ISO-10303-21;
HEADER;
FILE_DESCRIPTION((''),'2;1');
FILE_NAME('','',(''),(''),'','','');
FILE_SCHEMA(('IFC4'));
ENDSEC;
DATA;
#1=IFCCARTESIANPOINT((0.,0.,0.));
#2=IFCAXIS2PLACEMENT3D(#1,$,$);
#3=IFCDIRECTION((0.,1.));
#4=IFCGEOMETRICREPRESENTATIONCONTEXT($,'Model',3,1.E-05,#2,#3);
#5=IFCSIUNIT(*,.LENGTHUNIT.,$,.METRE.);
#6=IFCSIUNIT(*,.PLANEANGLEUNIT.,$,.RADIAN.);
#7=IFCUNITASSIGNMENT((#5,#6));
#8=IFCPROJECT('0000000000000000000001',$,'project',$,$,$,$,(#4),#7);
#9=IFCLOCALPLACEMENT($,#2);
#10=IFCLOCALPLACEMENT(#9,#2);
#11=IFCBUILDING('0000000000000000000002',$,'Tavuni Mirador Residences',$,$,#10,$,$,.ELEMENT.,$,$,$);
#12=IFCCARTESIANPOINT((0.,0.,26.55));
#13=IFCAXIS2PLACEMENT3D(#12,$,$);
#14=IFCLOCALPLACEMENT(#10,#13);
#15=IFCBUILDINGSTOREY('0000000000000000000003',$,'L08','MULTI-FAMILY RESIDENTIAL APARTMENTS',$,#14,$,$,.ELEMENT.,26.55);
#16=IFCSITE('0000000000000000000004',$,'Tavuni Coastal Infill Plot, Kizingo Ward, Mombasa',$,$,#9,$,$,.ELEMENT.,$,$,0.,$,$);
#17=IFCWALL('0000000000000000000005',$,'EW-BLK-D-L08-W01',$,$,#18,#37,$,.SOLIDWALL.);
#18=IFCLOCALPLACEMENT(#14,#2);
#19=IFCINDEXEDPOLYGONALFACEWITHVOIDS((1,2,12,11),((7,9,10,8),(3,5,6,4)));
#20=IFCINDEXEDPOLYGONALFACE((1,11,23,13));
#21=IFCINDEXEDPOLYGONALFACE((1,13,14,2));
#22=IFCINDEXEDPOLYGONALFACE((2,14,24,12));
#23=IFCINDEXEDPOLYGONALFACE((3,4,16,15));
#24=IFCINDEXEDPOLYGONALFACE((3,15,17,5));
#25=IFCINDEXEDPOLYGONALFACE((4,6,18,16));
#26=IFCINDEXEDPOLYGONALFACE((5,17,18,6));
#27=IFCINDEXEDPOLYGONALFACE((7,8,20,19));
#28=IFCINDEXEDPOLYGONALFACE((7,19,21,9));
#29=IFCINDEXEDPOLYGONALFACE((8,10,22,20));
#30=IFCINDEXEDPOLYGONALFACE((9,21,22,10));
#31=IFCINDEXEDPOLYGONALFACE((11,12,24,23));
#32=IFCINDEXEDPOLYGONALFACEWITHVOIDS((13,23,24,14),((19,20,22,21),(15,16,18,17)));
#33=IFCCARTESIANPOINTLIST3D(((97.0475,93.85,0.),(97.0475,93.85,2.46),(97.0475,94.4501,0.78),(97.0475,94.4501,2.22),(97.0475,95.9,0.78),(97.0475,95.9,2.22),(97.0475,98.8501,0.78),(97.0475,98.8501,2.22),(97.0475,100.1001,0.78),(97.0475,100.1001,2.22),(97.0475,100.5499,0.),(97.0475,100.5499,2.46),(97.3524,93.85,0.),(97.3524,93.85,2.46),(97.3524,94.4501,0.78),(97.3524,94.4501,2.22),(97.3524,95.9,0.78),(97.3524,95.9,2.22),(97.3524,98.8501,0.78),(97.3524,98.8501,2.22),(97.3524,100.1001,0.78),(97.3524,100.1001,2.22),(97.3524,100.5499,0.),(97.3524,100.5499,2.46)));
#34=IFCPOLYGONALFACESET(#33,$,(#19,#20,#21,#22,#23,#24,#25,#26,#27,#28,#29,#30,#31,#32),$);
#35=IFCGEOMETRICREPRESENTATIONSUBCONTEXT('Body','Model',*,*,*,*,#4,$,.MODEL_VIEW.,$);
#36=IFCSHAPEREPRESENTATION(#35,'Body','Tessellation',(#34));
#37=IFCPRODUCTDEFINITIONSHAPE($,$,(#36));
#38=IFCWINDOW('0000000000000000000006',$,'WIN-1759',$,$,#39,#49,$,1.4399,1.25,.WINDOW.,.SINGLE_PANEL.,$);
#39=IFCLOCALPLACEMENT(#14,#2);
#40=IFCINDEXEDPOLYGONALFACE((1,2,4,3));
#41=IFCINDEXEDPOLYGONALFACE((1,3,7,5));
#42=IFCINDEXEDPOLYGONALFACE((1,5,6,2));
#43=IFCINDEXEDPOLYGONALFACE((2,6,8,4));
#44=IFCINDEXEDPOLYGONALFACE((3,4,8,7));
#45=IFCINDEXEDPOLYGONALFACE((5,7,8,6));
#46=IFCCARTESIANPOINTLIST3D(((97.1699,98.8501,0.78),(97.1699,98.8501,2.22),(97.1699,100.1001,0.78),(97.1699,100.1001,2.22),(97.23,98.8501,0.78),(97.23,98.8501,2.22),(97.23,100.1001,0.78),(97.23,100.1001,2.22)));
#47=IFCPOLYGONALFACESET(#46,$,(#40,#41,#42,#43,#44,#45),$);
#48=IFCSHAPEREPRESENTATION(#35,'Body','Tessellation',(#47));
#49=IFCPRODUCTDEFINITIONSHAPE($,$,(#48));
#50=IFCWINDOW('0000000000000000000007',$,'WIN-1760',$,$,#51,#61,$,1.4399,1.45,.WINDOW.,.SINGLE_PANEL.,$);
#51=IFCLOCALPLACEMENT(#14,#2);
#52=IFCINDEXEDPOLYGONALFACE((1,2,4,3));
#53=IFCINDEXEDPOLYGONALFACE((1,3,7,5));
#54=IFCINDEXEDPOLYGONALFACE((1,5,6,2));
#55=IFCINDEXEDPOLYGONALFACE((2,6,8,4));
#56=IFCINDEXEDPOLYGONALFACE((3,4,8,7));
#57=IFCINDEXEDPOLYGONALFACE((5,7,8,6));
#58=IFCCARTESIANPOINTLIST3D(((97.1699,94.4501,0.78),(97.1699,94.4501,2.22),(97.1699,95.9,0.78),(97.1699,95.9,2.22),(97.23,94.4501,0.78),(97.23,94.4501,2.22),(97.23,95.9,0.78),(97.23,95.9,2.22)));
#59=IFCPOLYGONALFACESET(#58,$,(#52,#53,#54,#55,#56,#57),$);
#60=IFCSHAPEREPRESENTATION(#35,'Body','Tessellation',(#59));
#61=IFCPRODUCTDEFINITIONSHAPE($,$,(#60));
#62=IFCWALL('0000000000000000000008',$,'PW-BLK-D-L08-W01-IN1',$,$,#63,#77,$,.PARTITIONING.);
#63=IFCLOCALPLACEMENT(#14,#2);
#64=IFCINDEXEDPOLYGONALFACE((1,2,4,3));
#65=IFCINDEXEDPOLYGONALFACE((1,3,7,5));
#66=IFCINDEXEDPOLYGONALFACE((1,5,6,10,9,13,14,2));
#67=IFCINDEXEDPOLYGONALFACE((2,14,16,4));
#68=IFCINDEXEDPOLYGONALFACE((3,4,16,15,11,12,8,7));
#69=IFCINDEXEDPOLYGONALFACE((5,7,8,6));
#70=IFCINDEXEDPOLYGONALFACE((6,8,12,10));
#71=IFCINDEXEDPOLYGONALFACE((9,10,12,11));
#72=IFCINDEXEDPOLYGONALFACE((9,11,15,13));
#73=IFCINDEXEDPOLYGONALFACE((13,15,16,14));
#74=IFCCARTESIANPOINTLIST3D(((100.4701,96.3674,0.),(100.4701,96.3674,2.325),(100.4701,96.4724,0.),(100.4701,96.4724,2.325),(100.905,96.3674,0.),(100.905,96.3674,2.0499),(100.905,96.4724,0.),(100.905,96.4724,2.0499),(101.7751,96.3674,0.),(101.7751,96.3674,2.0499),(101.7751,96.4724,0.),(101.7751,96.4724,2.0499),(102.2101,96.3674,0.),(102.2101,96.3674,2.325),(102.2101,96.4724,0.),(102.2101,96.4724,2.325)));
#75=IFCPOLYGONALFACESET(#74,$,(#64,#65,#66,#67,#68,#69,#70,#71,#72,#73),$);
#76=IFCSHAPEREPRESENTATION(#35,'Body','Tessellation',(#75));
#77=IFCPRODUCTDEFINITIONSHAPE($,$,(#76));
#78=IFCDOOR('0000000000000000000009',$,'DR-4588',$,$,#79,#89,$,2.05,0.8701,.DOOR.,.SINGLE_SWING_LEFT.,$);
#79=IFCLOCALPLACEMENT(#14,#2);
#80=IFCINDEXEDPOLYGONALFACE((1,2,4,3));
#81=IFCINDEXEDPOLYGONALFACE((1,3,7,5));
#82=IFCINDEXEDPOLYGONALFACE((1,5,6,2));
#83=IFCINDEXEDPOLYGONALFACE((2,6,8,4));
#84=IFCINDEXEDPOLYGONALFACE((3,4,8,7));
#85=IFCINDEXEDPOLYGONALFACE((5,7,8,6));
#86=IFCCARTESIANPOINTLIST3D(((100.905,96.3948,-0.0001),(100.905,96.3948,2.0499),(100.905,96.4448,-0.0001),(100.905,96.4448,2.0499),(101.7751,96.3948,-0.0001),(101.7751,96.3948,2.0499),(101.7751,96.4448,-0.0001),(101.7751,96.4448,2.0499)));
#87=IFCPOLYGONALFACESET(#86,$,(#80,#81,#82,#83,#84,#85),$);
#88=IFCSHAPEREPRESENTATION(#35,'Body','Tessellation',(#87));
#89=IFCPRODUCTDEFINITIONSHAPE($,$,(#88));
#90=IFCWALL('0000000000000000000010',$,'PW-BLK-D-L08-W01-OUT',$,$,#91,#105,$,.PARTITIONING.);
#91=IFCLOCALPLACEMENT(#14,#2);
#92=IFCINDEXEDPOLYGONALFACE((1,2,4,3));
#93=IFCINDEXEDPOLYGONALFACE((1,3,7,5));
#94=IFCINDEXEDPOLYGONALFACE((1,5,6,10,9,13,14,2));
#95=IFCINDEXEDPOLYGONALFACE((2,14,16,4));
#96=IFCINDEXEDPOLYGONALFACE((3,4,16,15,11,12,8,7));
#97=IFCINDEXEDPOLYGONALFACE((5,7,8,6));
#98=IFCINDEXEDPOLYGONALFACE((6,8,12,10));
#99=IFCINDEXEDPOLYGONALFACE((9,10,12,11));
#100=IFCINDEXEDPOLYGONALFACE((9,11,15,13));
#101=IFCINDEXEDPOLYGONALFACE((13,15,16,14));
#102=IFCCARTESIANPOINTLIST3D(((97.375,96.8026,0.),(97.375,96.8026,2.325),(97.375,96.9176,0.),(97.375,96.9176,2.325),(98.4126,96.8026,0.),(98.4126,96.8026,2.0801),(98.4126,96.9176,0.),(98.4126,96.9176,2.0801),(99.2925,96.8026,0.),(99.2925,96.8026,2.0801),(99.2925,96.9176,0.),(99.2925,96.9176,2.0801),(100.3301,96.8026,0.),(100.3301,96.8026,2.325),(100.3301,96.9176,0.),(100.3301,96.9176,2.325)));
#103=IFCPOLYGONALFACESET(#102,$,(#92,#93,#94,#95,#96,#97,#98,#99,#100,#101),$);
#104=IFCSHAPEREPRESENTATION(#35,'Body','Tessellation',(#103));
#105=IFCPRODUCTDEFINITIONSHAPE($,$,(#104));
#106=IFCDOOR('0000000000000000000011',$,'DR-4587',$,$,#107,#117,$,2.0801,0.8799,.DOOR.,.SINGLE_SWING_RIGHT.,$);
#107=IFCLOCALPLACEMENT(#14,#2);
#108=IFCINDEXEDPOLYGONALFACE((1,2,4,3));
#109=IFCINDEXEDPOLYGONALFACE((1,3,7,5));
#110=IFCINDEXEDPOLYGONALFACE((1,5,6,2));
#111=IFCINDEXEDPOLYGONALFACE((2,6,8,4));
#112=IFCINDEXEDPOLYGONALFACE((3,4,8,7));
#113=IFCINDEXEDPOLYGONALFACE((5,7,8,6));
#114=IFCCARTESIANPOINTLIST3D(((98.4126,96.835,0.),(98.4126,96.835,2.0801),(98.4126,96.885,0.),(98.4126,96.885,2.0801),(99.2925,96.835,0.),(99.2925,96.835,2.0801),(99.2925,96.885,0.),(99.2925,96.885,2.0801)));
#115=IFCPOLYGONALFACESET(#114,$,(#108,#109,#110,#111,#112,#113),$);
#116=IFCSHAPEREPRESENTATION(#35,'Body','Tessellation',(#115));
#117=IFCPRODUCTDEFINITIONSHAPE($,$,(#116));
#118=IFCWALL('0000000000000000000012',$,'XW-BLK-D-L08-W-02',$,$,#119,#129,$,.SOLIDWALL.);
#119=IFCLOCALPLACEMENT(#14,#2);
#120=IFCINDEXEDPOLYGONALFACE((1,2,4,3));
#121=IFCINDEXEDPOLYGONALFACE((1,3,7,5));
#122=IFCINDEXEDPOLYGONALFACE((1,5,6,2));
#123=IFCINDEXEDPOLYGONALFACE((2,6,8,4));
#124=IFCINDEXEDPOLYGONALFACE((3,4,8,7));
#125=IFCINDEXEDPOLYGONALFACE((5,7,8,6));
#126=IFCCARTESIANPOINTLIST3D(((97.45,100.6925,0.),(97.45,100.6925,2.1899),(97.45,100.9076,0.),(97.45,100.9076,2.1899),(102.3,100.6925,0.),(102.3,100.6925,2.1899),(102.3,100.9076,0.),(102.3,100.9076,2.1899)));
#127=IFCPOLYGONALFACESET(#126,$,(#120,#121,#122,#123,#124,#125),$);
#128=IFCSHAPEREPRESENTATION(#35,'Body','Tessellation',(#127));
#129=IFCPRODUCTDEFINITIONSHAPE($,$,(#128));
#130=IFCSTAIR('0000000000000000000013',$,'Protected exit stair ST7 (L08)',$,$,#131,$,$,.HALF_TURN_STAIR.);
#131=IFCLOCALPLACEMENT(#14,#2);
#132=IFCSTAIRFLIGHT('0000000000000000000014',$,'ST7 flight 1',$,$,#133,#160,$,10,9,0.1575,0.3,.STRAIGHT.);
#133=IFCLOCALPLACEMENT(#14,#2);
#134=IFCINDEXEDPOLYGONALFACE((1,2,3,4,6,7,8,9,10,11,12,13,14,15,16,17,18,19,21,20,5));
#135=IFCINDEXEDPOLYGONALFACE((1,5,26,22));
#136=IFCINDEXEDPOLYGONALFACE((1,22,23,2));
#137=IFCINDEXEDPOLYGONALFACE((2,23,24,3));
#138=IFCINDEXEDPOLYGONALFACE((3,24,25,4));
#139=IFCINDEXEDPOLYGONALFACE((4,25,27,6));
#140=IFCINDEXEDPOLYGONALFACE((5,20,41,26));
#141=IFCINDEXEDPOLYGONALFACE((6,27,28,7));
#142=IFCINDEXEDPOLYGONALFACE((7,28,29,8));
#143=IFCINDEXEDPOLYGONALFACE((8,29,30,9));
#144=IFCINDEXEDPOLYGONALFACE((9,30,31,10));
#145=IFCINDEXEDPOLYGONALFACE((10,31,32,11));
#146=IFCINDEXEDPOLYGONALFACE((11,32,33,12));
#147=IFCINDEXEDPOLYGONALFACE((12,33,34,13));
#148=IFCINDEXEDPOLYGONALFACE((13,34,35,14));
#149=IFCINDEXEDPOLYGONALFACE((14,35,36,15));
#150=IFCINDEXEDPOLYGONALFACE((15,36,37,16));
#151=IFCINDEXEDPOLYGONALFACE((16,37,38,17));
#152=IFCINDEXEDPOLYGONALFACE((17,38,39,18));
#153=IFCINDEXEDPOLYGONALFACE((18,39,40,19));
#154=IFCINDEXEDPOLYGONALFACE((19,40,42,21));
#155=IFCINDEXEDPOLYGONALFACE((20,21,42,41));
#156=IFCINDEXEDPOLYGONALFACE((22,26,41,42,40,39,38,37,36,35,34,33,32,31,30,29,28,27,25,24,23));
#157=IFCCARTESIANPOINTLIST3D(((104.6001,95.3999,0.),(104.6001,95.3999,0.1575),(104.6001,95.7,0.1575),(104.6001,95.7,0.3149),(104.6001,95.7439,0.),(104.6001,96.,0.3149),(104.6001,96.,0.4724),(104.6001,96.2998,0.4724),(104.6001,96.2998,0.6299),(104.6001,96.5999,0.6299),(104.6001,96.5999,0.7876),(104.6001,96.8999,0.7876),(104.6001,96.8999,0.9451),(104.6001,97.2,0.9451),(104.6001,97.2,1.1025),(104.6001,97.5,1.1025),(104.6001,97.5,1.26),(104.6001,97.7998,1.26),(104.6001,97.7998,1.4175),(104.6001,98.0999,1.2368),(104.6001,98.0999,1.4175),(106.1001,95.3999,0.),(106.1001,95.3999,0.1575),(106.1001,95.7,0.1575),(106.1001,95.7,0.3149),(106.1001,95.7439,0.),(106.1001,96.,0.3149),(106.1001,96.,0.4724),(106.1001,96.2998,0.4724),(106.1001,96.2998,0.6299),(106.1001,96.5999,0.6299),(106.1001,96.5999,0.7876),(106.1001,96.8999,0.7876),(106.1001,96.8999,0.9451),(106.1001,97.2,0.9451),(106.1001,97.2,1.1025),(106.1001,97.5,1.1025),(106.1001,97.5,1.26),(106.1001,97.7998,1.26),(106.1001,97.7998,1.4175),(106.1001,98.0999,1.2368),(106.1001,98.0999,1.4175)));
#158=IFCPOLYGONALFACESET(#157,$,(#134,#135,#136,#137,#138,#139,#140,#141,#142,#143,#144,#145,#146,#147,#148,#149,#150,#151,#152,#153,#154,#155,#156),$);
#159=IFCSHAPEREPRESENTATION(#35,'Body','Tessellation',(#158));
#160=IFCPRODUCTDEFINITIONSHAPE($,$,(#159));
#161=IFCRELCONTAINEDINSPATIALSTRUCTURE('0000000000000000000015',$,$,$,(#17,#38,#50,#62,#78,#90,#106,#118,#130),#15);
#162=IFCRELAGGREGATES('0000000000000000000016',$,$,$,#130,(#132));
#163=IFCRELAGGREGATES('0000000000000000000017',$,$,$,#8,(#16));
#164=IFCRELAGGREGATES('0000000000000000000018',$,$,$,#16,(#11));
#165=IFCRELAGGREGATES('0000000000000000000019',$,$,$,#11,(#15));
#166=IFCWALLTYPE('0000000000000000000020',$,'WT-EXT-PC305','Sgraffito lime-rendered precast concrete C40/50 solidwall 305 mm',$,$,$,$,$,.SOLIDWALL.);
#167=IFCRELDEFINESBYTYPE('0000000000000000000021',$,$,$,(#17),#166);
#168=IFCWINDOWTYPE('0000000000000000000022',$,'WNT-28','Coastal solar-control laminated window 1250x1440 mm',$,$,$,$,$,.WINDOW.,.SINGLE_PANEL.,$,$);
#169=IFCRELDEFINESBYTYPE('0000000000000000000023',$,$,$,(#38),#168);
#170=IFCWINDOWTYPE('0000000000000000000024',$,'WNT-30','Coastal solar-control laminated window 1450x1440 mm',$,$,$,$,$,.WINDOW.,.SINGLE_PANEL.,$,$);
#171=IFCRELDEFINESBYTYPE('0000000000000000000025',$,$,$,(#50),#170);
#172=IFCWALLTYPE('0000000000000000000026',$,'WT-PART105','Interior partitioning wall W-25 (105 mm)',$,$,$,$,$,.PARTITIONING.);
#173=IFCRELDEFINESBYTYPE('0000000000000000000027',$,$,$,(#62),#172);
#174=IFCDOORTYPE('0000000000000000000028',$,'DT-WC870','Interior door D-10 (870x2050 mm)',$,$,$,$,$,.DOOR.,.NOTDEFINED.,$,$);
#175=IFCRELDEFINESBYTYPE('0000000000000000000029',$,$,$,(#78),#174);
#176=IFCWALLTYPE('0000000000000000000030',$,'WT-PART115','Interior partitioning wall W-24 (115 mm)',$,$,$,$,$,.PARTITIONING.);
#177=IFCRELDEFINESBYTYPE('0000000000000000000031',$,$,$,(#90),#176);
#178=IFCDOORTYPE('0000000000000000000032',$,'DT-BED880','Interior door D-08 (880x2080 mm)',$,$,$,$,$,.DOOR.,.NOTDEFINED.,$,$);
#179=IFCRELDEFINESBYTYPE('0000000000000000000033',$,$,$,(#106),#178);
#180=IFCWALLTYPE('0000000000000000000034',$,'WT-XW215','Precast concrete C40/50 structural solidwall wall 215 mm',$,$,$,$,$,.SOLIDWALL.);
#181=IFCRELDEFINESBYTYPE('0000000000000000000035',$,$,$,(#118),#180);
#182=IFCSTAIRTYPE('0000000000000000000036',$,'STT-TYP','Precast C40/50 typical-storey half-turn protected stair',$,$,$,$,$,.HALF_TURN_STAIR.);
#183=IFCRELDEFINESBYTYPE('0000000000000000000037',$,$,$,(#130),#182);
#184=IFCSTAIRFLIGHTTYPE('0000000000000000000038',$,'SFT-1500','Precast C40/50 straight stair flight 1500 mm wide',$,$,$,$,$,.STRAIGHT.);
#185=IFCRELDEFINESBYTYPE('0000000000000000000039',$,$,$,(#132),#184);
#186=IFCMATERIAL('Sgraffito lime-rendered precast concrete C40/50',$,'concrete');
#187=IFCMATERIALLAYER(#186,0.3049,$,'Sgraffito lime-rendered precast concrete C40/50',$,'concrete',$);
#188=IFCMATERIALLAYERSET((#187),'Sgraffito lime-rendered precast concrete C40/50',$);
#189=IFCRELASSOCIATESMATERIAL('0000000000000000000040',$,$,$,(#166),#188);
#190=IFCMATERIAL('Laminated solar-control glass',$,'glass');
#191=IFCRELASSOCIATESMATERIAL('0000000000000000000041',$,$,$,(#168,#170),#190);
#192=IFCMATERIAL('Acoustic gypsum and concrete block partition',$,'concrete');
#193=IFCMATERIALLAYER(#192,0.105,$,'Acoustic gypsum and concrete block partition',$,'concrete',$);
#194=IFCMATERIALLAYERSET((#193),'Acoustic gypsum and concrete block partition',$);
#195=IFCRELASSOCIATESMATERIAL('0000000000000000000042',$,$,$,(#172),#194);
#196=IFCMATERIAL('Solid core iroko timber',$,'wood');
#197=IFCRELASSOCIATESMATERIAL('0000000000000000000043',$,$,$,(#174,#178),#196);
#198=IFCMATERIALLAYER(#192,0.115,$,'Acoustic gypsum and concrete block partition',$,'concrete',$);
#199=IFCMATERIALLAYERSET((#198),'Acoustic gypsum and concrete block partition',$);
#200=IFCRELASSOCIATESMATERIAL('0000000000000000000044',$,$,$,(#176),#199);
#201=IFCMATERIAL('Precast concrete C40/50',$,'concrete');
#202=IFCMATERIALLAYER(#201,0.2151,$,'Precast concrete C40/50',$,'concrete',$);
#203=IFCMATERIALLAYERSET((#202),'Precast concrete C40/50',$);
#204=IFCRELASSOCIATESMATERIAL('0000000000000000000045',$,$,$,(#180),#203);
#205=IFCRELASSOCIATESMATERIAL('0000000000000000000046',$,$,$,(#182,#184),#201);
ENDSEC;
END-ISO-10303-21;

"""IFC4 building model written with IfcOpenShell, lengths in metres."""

from ifc_helpers import new_model, si_unit, direction, frame, frame_2d, origin, place, context, subcontext, project, spatial, polyline, rectangle, outline, extrude, material, layer, layer_set, type_object, element, fill, aggregate, save


model = new_model("IFC4")

# Units and contexts
model_context = context("Model", 3, precision=1e-05, world=origin(), true_north=direction((0.0, 1.0)))
body_context = subcontext(model_context, "Body", "Model", "MODEL_VIEW")
ifc_project = project(units=[si_unit("LENGTHUNIT", "METRE"), si_unit("PLANEANGLEUNIT", "RADIAN")], contexts=[model_context])

# Site, building, storey
site_placement = place(None, origin())
site = spatial("IfcSite", under=ifc_project, at=site_placement, Name="Tavuni Coastal Infill Plot, Kizingo Ward, Mombasa", CompositionType="ELEMENT", RefElevation=0.0)
building_placement = place(site_placement, origin())
building = spatial("IfcBuilding", under=site, at=building_placement, Name="Tavuni Mirador Residences", CompositionType="ELEMENT")
storey_placement = place(building_placement, frame((0.0, 0.0, 26.55)))
storey = spatial("IfcBuildingStorey", under=building, at=storey_placement, Name="L08", Description="MULTI-FAMILY RESIDENTIAL APARTMENTS", CompositionType="ELEMENT", Elevation=26.55)

# Shared definitions
ifc_material_1 = material(Name="Precast concrete C40/50", Category="concrete")

# Shared definitions
ifc_material_2 = material(Name="Solid core iroko timber", Category="wood")

# Wall, openings, windows
ifc_material_3 = material(Name="Sgraffito lime-rendered precast concrete C40/50", Category="concrete")
ifc_layer_1 = layer(ifc_material_3, 0.3049, Name="Sgraffito lime-rendered precast concrete C40/50", Category="concrete")
ifc_layer_set_1 = layer_set([ifc_layer_1], Name="Sgraffito lime-rendered precast concrete C40/50")
wall_type_1 = type_object("IfcWallType", Name="WT-EXT-PC305", Description="Sgraffito lime-rendered precast concrete C40/50 solidwall 305 mm", PredefinedType="SOLIDWALL", material=ifc_layer_set_1)
wall_1_placement = place(storey_placement, frame((97.2, 100.55, 0.0), z_axis=(0.0, 0.0, 1.0), x_axis=(0.0, -1.0, 0.0)))
wall_1 = element("IfcWall", 1, at=wall_1_placement, inside=storey, type_object=wall_type_1, Name="EW-BLK-D-L08-W01", PredefinedType="SOLIDWALL", context=body_context, shape_type="SweptSolid", body=[
    extrude(rectangle(XDim=6.7, YDim=0.3049, at=frame_2d((3.3501, 0.0))), origin(), (0.0, 0.0, 1.0), 2.46),
])
opening_1_placement = place(wall_1_placement, frame((0.45, 0.0, 0.78)))
opening_1 = element("IfcOpeningElement", 2, at=opening_1_placement, cuts=wall_1, PredefinedType="OPENING", context=body_context, shape_type="SweptSolid", body=[
    extrude(rectangle(XDim=1.25, YDim=1.4399, at=frame_2d((0.625, 0.72))), frame((0.0, 0.1626, 0.0), z_axis=(0.0, -1.0, 0.0), x_axis=(1.0, 0.0, 0.0)), (0.0, 0.0, 1.0), 0.325),
])
opening_2_placement = place(wall_1_placement, frame((4.6499, 0.0, 0.78)))
opening_2 = element("IfcOpeningElement", 3, at=opening_2_placement, cuts=wall_1, PredefinedType="OPENING", context=body_context, shape_type="SweptSolid", body=[
    extrude(rectangle(XDim=1.45, YDim=1.4399, at=frame_2d((0.7251, 0.72))), frame((0.0, 0.1626, 0.0), z_axis=(0.0, -1.0, 0.0), x_axis=(1.0, 0.0, 0.0)), (0.0, 0.0, 1.0), 0.325),
])
ifc_material_4 = material(Name="Laminated solar-control glass", Category="glass")
window_type_1 = type_object("IfcWindowType", Name="WNT-28", Description="Coastal solar-control laminated window 1250x1440 mm", PartitioningType="SINGLE_PANEL", PredefinedType="WINDOW", material=ifc_material_4)
window_1_placement = place(opening_1_placement, origin())
window_1 = element("IfcWindow", 4, at=window_1_placement, inside=storey, type_object=window_type_1, Name="WIN-1759", OverallHeight=1.4399, OverallWidth=1.25, PartitioningType="SINGLE_PANEL", PredefinedType="WINDOW", context=body_context, shape_type="SweptSolid", body=[
    extrude(rectangle(XDim=1.25, YDim=1.4399, at=frame_2d((0.625, 0.72))), frame((0.0, 0.03, 0.0), z_axis=(0.0, -1.0, 0.0), x_axis=(1.0, 0.0, 0.0)), (0.0, 0.0, 1.0), 0.0601),
])
fill(opening_1, window_1)
window_type_2 = type_object("IfcWindowType", Name="WNT-30", Description="Coastal solar-control laminated window 1450x1440 mm", PartitioningType="SINGLE_PANEL", PredefinedType="WINDOW", material=ifc_material_4)
window_2_placement = place(opening_2_placement, origin())
window_2 = element("IfcWindow", 5, at=window_2_placement, inside=storey, type_object=window_type_2, Name="WIN-1760", OverallHeight=1.4399, OverallWidth=1.45, PartitioningType="SINGLE_PANEL", PredefinedType="WINDOW", context=body_context, shape_type="SweptSolid", body=[
    extrude(rectangle(XDim=1.45, YDim=1.4399, at=frame_2d((0.7251, 0.72))), frame((0.0, 0.03, 0.0), z_axis=(0.0, -1.0, 0.0), x_axis=(1.0, 0.0, 0.0)), (0.0, 0.0, 1.0), 0.0601),
])
fill(opening_2, window_2)

# Walls, openings, doors
ifc_material_5 = material(Name="Acoustic gypsum and concrete block partition", Category="concrete")
ifc_layer_2 = layer(ifc_material_5, 0.105, Name="Acoustic gypsum and concrete block partition", Category="concrete")
ifc_layer_set_2 = layer_set([ifc_layer_2], Name="Acoustic gypsum and concrete block partition")
wall_type_2 = type_object("IfcWallType", Name="WT-PART105", Description="Interior partitioning wall W-25 (105 mm)", PredefinedType="PARTITIONING", material=ifc_layer_set_2)
wall_2_placement = place(storey_placement, frame((100.47, 96.4199, 0.0), z_axis=(0.0, 0.0, 1.0), x_axis=(1.0, 0.0, 0.0)))
wall_2 = element("IfcWall", 6, at=wall_2_placement, inside=storey, type_object=wall_type_2, Name="PW-BLK-D-L08-W01-IN1", PredefinedType="PARTITIONING", context=body_context, shape_type="SweptSolid", body=[
    extrude(rectangle(XDim=1.74, YDim=0.105, at=frame_2d((0.8701, 0.0))), origin(), (0.0, 0.0, 1.0), 2.325),
])
opening_3_placement = place(wall_2_placement, frame((0.4351, 0.0, 0.0)))
opening_3 = element("IfcOpeningElement", 7, at=opening_3_placement, cuts=wall_2, PredefinedType="OPENING", context=body_context, shape_type="SweptSolid", body=[
    extrude(rectangle(XDim=0.8701, YDim=2.05, at=frame_2d((0.4351, 1.0249))), frame((0.0, 0.0625, 0.0), z_axis=(0.0, -1.0, 0.0), x_axis=(1.0, 0.0, 0.0)), (0.0, 0.0, 1.0), 0.125),
])
door_type_1 = type_object("IfcDoorType", Name="DT-WC870", Description="Interior door D-10 (870x2050 mm)", OperationType="NOTDEFINED", PredefinedType="DOOR", material=ifc_material_2)
door_1_placement = place(opening_3_placement, origin())
door_1 = element("IfcDoor", 8, at=door_1_placement, inside=storey, type_object=door_type_1, Name="DR-4588", OperationType="SINGLE_SWING_LEFT", OverallHeight=2.05, OverallWidth=0.8701, PredefinedType="DOOR", context=body_context, shape_type="SweptSolid", body=[
    extrude(rectangle(XDim=0.8701, YDim=2.05, at=frame_2d((0.4351, 1.0249))), frame((0.0, 0.0249, 0.0), z_axis=(0.0, -1.0, 0.0), x_axis=(1.0, 0.0, 0.0)), (0.0, 0.0, 1.0), 0.05),
])
fill(opening_3, door_1)
ifc_layer_3 = layer(ifc_material_5, 0.115, Name="Acoustic gypsum and concrete block partition", Category="concrete")
ifc_layer_set_3 = layer_set([ifc_layer_3], Name="Acoustic gypsum and concrete block partition")
wall_type_3 = type_object("IfcWallType", Name="WT-PART115", Description="Interior partitioning wall W-24 (115 mm)", PredefinedType="PARTITIONING", material=ifc_layer_set_3)
wall_3_placement = place(storey_placement, frame((97.375, 96.8601, 0.0), z_axis=(0.0, 0.0, 1.0), x_axis=(1.0, 0.0, 0.0)))
wall_3 = element("IfcWall", 9, at=wall_3_placement, inside=storey, type_object=wall_type_3, Name="PW-BLK-D-L08-W01-OUT", PredefinedType="PARTITIONING", context=body_context, shape_type="SweptSolid", body=[
    extrude(rectangle(XDim=2.9551, YDim=0.115, at=frame_2d((1.4775, 0.0))), origin(), (0.0, 0.0, 1.0), 2.325),
])
opening_4_placement = place(wall_3_placement, frame((1.0376, 0.0, 0.0)))
opening_4 = element("IfcOpeningElement", 10, at=opening_4_placement, cuts=wall_3, PredefinedType="OPENING", context=body_context, shape_type="SweptSolid", body=[
    extrude(rectangle(XDim=0.8799, YDim=2.0801, at=frame_2d((0.4399, 1.04))), frame((0.0, 0.0674, 0.0), z_axis=(0.0, -1.0, 0.0), x_axis=(1.0, 0.0, 0.0)), (0.0, 0.0, 1.0), 0.135),
])
door_type_2 = type_object("IfcDoorType", Name="DT-BED880", Description="Interior door D-08 (880x2080 mm)", OperationType="NOTDEFINED", PredefinedType="DOOR", material=ifc_material_2)
door_2_placement = place(opening_4_placement, origin())
door_2 = element("IfcDoor", 11, at=door_2_placement, inside=storey, type_object=door_type_2, Name="DR-4587", OperationType="SINGLE_SWING_RIGHT", OverallHeight=2.0801, OverallWidth=0.8799, PredefinedType="DOOR", context=body_context, shape_type="SweptSolid", body=[
    extrude(rectangle(XDim=0.8799, YDim=2.0801, at=frame_2d((0.4399, 1.04))), frame((0.0, 0.0249, 0.0), z_axis=(0.0, -1.0, 0.0), x_axis=(1.0, 0.0, 0.0)), (0.0, 0.0, 1.0), 0.05),
])
fill(opening_4, door_2)

# Wall
ifc_layer_4 = layer(ifc_material_1, 0.2151, Name="Precast concrete C40/50", Category="concrete")
ifc_layer_set_4 = layer_set([ifc_layer_4], Name="Precast concrete C40/50")
wall_type_4 = type_object("IfcWallType", Name="WT-XW215", Description="Precast concrete C40/50 structural solidwall wall 215 mm", PredefinedType="SOLIDWALL", material=ifc_layer_set_4)
wall_4_placement = place(storey_placement, frame((97.45, 100.8, 0.0), z_axis=(0.0, 0.0, 1.0), x_axis=(1.0, 0.0, 0.0)))
element("IfcWall", 12, at=wall_4_placement, inside=storey, type_object=wall_type_4, Name="XW-BLK-D-L08-W-02", PredefinedType="SOLIDWALL", context=body_context, shape_type="SweptSolid", body=[
    extrude(rectangle(XDim=4.8501, YDim=0.2151, at=frame_2d((2.425, 0.0))), origin(), (0.0, 0.0, 1.0), 2.1899),
])

# Stair, stair flight
stair_type = type_object("IfcStairType", Name="STT-TYP", Description="Precast C40/50 typical-storey half-turn protected stair", PredefinedType="HALF_TURN_STAIR", material=ifc_material_1)
stair_placement = place(storey_placement, origin())
stair = element("IfcStair", 13, at=stair_placement, inside=storey, type_object=stair_type, Name="Protected exit stair ST7 (L08)", PredefinedType="HALF_TURN_STAIR")
stair_flight_type = type_object("IfcStairFlightType", Name="SFT-1500", Description="Precast C40/50 straight stair flight 1500 mm wide", PredefinedType="STRAIGHT", material=ifc_material_1)
stair_flight_placement = place(storey_placement, frame((105.3501, 95.3999, 0.0), z_axis=(0.0, 0.0, 1.0), x_axis=(0.0, 1.0, 0.0)))
stair_flight = element("IfcStairFlight", 14, at=stair_flight_placement, type_object=stair_flight_type, Name="ST7 flight 1", NumberOfRisers=10, NumberOfTreads=9, PredefinedType="STRAIGHT", RiserHeight=0.1575, TreadLength=0.3, context=body_context, shape_type="SweptSolid", body=[
    extrude(outline(polyline([(0.0, 0.0), (0.0, 0.1575), (0.3, 0.1575), (0.3, 0.3149), (0.6001, 0.3149), (0.6001, 0.4724), (0.8999, 0.4724), (0.8999, 0.6299), (1.2, 0.6299), (1.2, 0.7876), (1.5, 0.7876), (1.5, 0.9451), (1.8, 0.9451), (1.8, 1.1025), (2.1001, 1.1025), (2.1001, 1.26), (2.3999, 1.26), (2.3999, 1.4175), (2.7, 1.4175), (2.7, 1.575), (2.7, 1.2368), (0.344, 0.0), (0.0, 0.0)])), frame((0.0, 0.75, 0.0), z_axis=(0.0, -1.0, 0.0), x_axis=(1.0, 0.0, 0.0)), (0.0, 0.0, 1.0), 1.5),
])
aggregate(stair, [stair_flight])

save(model, "model.ifc")
